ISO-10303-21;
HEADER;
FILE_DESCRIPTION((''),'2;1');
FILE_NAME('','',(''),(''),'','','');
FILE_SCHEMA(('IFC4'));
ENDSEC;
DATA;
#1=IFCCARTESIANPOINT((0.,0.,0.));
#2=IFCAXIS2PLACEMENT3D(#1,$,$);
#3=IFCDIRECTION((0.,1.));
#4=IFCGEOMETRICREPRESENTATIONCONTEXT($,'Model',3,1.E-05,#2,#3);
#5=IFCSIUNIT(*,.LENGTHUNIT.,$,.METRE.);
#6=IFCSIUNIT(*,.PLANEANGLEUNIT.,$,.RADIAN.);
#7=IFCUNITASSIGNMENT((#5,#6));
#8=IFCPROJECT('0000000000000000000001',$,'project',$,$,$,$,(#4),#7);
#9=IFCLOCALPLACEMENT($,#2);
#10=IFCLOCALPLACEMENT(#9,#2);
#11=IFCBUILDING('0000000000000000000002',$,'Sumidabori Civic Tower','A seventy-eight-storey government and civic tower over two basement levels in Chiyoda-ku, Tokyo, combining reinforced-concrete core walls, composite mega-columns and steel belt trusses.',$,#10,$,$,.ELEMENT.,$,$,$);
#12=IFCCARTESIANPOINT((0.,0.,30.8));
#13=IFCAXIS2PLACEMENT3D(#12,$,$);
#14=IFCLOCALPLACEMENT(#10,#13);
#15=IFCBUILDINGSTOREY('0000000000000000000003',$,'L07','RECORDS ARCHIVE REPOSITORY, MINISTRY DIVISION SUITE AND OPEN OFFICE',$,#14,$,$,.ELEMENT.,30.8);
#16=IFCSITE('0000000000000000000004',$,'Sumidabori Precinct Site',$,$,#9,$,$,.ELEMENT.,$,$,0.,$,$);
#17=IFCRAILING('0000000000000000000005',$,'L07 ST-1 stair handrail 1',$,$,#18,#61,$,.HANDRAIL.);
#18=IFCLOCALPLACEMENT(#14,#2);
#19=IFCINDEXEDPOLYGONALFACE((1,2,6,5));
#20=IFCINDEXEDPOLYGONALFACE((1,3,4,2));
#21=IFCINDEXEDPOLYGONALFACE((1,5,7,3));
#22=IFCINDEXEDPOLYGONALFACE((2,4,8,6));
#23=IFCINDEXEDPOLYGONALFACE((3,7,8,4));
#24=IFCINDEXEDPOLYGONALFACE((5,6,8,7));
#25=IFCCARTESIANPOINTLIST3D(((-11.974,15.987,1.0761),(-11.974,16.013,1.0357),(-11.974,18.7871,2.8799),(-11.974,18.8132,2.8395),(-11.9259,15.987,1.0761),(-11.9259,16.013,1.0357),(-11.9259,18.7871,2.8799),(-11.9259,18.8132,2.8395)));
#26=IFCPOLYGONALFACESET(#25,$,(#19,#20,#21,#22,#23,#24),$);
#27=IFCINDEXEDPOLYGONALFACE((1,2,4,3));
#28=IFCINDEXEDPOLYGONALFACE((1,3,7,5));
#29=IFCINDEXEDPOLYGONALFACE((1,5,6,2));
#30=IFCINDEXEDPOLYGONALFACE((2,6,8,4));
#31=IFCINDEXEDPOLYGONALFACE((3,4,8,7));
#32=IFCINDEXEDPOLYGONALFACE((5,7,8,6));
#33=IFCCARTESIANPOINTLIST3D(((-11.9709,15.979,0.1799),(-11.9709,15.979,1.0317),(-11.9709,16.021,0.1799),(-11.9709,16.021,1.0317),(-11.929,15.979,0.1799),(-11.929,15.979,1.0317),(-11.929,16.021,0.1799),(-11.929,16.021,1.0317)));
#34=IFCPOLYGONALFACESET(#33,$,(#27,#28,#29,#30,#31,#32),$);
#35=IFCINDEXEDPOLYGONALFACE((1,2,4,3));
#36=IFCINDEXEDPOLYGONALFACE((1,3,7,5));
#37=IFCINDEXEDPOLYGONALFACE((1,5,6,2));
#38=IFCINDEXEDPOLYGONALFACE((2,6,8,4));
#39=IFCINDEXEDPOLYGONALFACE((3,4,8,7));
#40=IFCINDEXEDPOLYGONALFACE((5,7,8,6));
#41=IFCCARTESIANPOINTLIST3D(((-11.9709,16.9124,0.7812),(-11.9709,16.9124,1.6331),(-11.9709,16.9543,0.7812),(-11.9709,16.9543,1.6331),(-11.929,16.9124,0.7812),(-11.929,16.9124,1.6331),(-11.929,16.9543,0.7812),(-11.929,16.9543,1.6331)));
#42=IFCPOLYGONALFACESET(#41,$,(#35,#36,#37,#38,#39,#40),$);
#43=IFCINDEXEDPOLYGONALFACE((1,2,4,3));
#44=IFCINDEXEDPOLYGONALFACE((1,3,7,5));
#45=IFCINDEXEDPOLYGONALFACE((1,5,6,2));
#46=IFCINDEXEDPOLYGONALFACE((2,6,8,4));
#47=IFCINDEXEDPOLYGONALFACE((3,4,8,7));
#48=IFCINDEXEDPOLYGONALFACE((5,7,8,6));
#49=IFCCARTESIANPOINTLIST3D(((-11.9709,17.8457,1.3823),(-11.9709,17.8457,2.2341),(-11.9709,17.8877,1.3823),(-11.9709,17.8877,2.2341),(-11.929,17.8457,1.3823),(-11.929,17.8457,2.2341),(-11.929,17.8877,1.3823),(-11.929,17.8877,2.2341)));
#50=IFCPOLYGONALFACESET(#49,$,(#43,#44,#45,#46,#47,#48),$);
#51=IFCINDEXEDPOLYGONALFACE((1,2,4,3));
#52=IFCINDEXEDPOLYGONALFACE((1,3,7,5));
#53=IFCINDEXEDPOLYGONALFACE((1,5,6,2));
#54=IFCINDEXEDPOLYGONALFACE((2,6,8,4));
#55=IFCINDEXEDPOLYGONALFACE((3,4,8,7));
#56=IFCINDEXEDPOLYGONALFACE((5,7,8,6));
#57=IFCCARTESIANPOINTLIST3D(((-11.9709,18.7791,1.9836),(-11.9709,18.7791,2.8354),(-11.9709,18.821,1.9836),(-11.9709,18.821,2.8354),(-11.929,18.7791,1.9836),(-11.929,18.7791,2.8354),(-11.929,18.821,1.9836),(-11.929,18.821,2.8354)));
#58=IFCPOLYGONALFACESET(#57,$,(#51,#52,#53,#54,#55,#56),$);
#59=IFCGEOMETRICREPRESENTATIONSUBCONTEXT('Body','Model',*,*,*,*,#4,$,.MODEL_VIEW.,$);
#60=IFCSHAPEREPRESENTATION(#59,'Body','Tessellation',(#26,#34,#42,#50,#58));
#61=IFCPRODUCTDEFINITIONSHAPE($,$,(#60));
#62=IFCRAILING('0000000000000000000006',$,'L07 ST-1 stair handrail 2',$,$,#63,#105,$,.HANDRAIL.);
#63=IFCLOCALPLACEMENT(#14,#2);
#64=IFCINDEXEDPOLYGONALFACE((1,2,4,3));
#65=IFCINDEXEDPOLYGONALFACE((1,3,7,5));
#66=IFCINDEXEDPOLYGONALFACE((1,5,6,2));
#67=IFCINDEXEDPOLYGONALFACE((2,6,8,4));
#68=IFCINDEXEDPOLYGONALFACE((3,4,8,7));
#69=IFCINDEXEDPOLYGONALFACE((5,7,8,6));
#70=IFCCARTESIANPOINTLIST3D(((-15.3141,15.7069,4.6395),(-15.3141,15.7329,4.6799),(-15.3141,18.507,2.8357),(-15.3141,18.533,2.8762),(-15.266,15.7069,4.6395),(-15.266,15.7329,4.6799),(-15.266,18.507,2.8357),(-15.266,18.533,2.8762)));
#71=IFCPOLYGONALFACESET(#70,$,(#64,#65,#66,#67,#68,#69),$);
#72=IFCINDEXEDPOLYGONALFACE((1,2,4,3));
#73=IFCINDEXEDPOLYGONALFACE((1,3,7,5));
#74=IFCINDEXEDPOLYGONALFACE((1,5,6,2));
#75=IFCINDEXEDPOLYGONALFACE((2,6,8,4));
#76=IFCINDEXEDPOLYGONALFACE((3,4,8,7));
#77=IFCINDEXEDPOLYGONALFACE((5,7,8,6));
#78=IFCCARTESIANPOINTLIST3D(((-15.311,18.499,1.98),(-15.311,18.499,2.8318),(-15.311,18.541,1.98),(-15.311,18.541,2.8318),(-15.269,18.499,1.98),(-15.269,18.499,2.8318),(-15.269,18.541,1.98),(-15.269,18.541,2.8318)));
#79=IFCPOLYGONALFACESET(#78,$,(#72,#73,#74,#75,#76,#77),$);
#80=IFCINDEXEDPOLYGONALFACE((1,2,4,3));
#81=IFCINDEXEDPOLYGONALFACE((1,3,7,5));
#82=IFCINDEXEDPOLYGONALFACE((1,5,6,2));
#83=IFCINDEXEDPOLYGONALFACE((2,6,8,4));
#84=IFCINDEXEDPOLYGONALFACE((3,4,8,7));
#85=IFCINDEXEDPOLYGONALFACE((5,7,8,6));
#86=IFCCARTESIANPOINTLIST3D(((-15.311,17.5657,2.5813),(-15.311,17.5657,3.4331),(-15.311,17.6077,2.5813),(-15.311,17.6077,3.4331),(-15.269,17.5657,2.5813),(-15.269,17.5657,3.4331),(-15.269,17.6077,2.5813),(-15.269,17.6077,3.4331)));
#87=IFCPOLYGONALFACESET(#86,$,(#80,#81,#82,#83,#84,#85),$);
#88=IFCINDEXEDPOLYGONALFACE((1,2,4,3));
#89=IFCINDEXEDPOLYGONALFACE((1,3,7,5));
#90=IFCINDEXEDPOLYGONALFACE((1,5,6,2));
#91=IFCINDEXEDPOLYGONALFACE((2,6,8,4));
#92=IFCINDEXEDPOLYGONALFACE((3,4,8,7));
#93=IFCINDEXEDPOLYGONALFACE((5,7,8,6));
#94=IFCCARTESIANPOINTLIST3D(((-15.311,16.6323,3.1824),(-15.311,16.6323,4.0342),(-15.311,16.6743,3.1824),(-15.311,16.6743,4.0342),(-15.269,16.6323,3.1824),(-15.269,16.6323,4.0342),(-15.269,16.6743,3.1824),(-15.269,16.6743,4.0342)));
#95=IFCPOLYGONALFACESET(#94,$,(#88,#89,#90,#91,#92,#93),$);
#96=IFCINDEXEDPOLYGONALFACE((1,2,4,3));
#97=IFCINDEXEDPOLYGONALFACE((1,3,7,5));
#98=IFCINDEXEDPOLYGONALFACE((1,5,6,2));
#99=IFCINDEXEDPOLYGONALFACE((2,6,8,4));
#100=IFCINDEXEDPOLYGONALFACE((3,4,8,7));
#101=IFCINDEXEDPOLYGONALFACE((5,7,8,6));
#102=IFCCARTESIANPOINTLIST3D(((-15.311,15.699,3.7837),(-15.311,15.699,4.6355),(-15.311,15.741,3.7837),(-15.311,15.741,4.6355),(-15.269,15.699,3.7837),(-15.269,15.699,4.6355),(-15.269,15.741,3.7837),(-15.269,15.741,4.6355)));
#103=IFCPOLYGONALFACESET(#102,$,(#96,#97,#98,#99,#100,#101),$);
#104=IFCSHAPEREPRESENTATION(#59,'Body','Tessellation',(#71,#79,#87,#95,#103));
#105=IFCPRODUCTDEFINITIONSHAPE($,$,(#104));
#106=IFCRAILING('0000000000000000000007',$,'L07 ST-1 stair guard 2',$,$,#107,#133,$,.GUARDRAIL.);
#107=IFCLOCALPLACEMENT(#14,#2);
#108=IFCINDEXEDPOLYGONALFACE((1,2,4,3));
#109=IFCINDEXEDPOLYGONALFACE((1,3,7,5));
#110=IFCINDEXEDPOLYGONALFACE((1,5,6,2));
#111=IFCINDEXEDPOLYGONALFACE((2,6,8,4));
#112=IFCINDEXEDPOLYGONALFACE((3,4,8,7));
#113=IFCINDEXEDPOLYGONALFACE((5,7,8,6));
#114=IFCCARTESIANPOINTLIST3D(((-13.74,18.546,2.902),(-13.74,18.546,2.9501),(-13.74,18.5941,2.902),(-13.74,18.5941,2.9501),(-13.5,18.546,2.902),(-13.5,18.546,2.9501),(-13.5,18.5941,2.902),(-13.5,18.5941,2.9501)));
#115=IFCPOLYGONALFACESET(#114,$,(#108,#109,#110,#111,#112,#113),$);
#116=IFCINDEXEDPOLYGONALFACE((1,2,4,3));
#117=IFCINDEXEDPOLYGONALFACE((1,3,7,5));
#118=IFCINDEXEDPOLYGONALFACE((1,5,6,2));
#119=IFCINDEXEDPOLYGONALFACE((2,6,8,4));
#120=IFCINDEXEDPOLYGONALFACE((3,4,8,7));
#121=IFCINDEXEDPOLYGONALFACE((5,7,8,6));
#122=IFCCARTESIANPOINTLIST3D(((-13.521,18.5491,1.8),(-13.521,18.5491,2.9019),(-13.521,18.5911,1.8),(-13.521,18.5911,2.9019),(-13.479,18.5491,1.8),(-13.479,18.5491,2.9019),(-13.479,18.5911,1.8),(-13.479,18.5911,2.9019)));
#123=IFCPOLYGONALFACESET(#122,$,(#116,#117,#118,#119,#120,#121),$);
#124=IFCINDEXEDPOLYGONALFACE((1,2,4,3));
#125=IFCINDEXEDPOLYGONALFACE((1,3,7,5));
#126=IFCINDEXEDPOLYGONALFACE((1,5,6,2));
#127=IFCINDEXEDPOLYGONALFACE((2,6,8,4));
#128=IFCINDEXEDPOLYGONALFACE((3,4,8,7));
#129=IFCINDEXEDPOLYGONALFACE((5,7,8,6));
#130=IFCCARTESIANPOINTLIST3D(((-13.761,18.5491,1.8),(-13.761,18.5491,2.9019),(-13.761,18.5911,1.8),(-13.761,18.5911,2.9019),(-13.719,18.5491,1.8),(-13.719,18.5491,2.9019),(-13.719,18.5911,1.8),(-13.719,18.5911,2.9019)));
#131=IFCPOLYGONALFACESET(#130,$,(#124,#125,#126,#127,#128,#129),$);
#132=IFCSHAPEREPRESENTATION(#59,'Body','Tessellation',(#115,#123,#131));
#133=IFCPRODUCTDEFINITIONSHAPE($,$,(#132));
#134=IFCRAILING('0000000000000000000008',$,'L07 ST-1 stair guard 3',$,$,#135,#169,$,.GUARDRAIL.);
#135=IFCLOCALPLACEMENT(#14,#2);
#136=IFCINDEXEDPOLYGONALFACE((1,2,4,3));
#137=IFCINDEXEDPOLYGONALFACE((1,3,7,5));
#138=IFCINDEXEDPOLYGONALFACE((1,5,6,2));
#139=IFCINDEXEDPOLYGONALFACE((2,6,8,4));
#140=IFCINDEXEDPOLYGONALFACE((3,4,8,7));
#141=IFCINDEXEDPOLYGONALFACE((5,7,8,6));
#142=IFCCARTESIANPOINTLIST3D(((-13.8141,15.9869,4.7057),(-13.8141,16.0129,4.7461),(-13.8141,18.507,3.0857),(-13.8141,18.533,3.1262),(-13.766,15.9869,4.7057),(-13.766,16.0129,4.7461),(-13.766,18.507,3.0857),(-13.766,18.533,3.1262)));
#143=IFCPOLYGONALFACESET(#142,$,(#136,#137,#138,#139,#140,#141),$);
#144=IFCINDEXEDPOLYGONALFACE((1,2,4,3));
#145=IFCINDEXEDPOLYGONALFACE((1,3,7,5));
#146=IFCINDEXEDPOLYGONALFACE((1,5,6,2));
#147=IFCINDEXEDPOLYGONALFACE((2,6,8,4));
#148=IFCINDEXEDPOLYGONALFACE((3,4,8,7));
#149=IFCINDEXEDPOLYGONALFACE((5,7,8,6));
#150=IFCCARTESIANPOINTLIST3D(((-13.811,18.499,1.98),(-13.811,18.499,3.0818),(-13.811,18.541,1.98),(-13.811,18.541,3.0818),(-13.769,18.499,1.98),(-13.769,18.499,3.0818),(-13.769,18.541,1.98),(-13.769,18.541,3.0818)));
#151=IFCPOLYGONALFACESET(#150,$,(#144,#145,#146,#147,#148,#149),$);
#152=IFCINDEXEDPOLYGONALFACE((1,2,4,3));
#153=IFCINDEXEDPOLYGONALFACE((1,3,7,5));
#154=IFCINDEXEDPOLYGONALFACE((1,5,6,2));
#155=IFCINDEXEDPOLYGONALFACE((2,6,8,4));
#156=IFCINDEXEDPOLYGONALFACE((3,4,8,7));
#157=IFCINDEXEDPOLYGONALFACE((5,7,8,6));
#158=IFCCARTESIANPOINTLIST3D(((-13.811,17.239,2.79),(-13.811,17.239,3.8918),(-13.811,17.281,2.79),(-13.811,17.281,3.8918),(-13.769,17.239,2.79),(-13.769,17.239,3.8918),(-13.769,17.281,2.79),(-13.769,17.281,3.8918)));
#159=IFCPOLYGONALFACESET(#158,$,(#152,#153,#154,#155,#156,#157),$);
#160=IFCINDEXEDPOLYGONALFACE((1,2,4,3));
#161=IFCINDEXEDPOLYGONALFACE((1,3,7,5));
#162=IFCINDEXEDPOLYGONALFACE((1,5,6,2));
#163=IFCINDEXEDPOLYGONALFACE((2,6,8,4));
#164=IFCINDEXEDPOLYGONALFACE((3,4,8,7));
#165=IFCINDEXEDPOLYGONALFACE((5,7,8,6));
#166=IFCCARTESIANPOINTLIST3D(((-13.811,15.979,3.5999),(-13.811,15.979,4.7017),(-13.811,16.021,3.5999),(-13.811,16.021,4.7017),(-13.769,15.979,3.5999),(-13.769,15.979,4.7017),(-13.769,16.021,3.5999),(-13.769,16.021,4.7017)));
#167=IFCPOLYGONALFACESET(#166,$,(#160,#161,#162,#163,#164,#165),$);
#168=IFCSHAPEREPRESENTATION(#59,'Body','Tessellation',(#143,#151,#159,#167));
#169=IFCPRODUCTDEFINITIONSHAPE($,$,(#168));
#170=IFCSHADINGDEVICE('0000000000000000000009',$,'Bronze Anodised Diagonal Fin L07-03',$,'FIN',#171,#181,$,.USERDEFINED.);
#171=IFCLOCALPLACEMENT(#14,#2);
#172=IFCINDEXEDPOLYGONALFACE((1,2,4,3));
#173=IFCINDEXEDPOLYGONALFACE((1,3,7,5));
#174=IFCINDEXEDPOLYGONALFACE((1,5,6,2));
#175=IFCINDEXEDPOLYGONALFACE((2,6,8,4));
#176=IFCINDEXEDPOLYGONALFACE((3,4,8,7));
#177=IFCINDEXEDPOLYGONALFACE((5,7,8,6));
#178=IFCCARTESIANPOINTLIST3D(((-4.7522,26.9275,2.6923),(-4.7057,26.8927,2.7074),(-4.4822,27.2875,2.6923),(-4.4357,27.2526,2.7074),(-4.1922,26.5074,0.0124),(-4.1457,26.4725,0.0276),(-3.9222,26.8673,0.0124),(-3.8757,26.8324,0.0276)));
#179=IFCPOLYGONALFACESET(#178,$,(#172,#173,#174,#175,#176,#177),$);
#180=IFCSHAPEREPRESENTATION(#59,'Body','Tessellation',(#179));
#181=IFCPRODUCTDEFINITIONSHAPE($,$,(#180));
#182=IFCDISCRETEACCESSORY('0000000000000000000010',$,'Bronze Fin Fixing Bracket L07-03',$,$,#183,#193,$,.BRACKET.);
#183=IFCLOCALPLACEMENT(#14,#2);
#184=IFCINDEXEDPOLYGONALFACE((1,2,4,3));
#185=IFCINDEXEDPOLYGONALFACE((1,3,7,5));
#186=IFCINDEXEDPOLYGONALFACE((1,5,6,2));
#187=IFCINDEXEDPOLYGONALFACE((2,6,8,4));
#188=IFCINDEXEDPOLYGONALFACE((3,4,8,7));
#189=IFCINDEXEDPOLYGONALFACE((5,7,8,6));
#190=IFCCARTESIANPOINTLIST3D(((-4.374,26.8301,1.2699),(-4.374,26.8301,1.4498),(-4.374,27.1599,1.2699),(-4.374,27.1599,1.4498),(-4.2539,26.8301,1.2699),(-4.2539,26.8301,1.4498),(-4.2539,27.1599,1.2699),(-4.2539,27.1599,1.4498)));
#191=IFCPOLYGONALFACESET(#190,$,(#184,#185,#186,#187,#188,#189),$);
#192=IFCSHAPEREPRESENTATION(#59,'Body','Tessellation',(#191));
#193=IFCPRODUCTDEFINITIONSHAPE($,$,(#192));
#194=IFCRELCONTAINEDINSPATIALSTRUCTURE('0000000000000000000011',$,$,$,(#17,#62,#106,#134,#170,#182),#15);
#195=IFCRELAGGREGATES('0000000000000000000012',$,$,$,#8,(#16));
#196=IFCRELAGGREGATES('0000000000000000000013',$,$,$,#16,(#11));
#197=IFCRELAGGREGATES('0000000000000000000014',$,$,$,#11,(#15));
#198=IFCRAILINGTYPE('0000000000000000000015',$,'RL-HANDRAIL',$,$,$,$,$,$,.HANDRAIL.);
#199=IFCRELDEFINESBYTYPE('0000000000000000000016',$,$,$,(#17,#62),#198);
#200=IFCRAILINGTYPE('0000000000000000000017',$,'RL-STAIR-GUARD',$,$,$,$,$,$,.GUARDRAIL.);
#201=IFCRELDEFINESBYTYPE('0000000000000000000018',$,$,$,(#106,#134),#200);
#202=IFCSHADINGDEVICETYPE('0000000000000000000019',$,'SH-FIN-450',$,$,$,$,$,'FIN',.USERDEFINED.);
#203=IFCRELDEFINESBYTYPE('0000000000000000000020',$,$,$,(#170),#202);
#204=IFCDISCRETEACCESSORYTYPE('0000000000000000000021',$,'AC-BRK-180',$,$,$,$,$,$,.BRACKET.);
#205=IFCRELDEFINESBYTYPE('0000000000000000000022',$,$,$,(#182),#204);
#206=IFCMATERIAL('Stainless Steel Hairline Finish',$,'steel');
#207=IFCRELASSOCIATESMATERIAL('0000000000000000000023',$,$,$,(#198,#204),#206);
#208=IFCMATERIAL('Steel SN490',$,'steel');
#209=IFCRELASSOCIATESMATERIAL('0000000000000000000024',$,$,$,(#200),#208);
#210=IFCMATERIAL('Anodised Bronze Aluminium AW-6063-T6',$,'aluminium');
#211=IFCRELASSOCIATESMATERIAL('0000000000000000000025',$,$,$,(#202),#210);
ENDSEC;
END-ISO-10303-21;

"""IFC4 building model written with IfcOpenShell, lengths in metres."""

from ifc_helpers import new_model, si_unit, direction, frame, origin, origin_2d, place, context, subcontext, project, spatial, rectangle, extrude, source, transform, mapped, material, material_profile, profile_set, type_object, element, save


model = new_model("IFC4")

# Units and contexts
model_context = context("Model", 3, precision=1e-05, world=origin(), true_north=direction((0.0, 1.0)))
body_context = subcontext(model_context, "Body", "Model", "MODEL_VIEW")
ifc_project = project(units=[si_unit("LENGTHUNIT", "METRE"), si_unit("PLANEANGLEUNIT", "RADIAN")], contexts=[model_context])

# Site, building, storey
site_placement = place(None, origin())
site = spatial("IfcSite", under=ifc_project, at=site_placement, Name="Sumidabori Precinct Site", CompositionType="ELEMENT", RefElevation=0.0)
building_placement = place(site_placement, origin())
building = spatial("IfcBuilding", under=site, at=building_placement, Name="Sumidabori Civic Tower", Description="A seventy-eight-storey government and civic tower over two basement levels in Chiyoda-ku, Tokyo, combining reinforced-concrete core walls, composite mega-columns and steel belt trusses.", CompositionType="ELEMENT")
storey_placement = place(building_placement, frame((0.0, 0.0, 30.8)))
storey = spatial("IfcBuildingStorey", under=building, at=storey_placement, Name="L07", Description="RECORDS ARCHIVE REPOSITORY, MINISTRY DIVISION SUITE AND OPEN OFFICE", CompositionType="ELEMENT", Elevation=30.8)

# Shared definitions
ifc_material_1 = material(Name="Anodised Bronze Aluminium AW-6063-T6", Category="aluminium")

# Railings
ifc_material_2 = material(Name="Stainless Steel Hairline Finish", Category="steel")
railing_type_1 = type_object("IfcRailingType", Name="RL-HANDRAIL", PredefinedType="HANDRAIL", material=ifc_material_2)
railing_1_placement = place(storey_placement, frame((-11.95, 16.0, 0.1799)))
element("IfcRailing", 1, at=railing_1_placement, inside=storey, type_object=railing_type_1, Name="L07 ST-1 stair handrail 1", PredefinedType="HANDRAIL", context=body_context, shape_type="SweptSolid", body=[
    extrude(rectangle(XDim=0.0481, YDim=0.0481, at=origin_2d()), frame((0.0, 0.0, 0.876), z_axis=(0.0, 0.840676, 0.541539), x_axis=(-1.0, 0.0, 0.0)), (0.0, 0.0, 1.0), 3.3308),
    extrude(rectangle(XDim=0.042, YDim=0.042, at=origin_2d()), origin(), (0.0, 0.0, 1.0), 0.8518),
    extrude(rectangle(XDim=0.042, YDim=0.042, at=origin_2d()), frame((0.0, 0.9333, 0.6013)), (0.0, 0.0, 1.0), 0.8518),
    extrude(rectangle(XDim=0.042, YDim=0.042, at=origin_2d()), frame((0.0, 1.8667, 1.2024)), (0.0, 0.0, 1.0), 0.8518),
    extrude(rectangle(XDim=0.042, YDim=0.042, at=origin_2d()), frame((0.0, 2.8, 1.8037)), (0.0, 0.0, 1.0), 0.8518),
])
railing_2_placement = place(storey_placement, frame((-15.29, 18.52, 1.98)))
element("IfcRailing", 2, at=railing_2_placement, inside=storey, type_object=railing_type_1, Name="L07 ST-1 stair handrail 2", PredefinedType="HANDRAIL", context=body_context, shape_type="SweptSolid", body=[
    extrude(rectangle(XDim=0.0481, YDim=0.0481, at=origin_2d()), frame((0.0, 0.0, 0.876), z_axis=(0.0, -0.840676, 0.541539), x_axis=(1.0, 0.0, 0.0)), (0.0, 0.0, 1.0), 3.3308),
    extrude(rectangle(XDim=0.042, YDim=0.042, at=origin_2d()), origin(), (0.0, 0.0, 1.0), 0.8518),
    extrude(rectangle(XDim=0.042, YDim=0.042, at=origin_2d()), frame((0.0, -0.9333, 0.6013)), (0.0, 0.0, 1.0), 0.8518),
    extrude(rectangle(XDim=0.042, YDim=0.042, at=origin_2d()), frame((0.0, -1.8667, 1.2024)), (0.0, 0.0, 1.0), 0.8518),
    extrude(rectangle(XDim=0.042, YDim=0.042, at=origin_2d()), frame((0.0, -2.8, 1.8037)), (0.0, 0.0, 1.0), 0.8518),
])
ifc_material_3 = material(Name="Steel SN490", Category="steel")
railing_type_2 = type_object("IfcRailingType", Name="RL-STAIR-GUARD", PredefinedType="GUARDRAIL", material=ifc_material_3)
railing_3_placement = place(storey_placement, frame((-13.5, 18.5701, 1.8)))
element("IfcRailing", 3, at=railing_3_placement, inside=storey, type_object=railing_type_2, Name="L07 ST-1 stair guard 2", PredefinedType="GUARDRAIL", context=body_context, shape_type="SweptSolid", body=[
    extrude(rectangle(XDim=0.0481, YDim=0.0481, at=origin_2d()), frame((0.0, 0.0, 1.126), z_axis=(-1.0, 0.0, 0.0), x_axis=(0.0, -1.0, 0.0)), (0.0, 0.0, 1.0), 0.24),
    extrude(rectangle(XDim=0.042, YDim=0.042, at=origin_2d()), origin(), (0.0, 0.0, 1.0), 1.1018),
    extrude(rectangle(XDim=0.042, YDim=0.042, at=origin_2d()), frame((-0.24, 0.0, 0.0)), (0.0, 0.0, 1.0), 1.1018),
])
railing_4_placement = place(storey_placement, frame((-13.79, 18.52, 1.98)))
element("IfcRailing", 4, at=railing_4_placement, inside=storey, type_object=railing_type_2, Name="L07 ST-1 stair guard 3", PredefinedType="GUARDRAIL", context=body_context, shape_type="SweptSolid", body=[
    extrude(rectangle(XDim=0.0481, YDim=0.0481, at=origin_2d()), frame((0.0, 0.0, 1.126), z_axis=(0.0, -0.8412, 0.540725), x_axis=(1.0, 0.0, 0.0)), (0.0, 0.0, 1.0), 2.9958),
    extrude(rectangle(XDim=0.042, YDim=0.042, at=origin_2d()), origin(), (0.0, 0.0, 1.0), 1.1018),
    extrude(rectangle(XDim=0.042, YDim=0.042, at=origin_2d()), frame((0.0, -1.26, 0.8101)), (0.0, 0.0, 1.0), 1.1018),
    extrude(rectangle(XDim=0.042, YDim=0.042, at=origin_2d()), frame((0.0, -2.52, 1.6199)), (0.0, 0.0, 1.0), 1.1018),
])

# Shading device
ifc_material_profile_1 = material_profile(ifc_material_1, rectangle(XDim=0.0601, YDim=0.45, at=origin_2d()), Name="BRONZE FIN 450x60")
ifc_profile_set_1 = profile_set([ifc_material_profile_1], Name="Anodised Bronze Aluminium AW-6063-T6")
shading_device_type = type_object("IfcShadingDeviceType", Name="SH-FIN-450", ElementType="FIN", PredefinedType="USERDEFINED", material=ifc_profile_set_1)
shared_shape_1 = source(origin(), body_context, "Body", "SweptSolid", [
    extrude(rectangle(XDim=0.0601, YDim=0.45, at=origin_2d()), origin(), (0.0, 0.0, 1.0), 2.7698),
])
shading_device_placement = place(storey_placement, frame((-4.0339, 26.6699, 0.02), z_axis=(-0.202196, 0.151691, 0.967526), x_axis=(0.77394, -0.580624, 0.252771)))
element("IfcShadingDevice", 5, at=shading_device_placement, inside=storey, type_object=shading_device_type, Name="Bronze Anodised Diagonal Fin L07-03", ObjectType="FIN", PredefinedType="USERDEFINED", context=body_context, shape_type="MappedRepresentation", body=[
    mapped(shared_shape_1, transform((0.0, 0.0, 0.0), x_axis=(1.0, 0.0, 0.0), y_axis=(0.0, 1.0, 0.0), z_axis=(0.0, 0.0, 1.0), scale=1.0)),
])

# Discrete accessory
ifc_material_profile_2 = material_profile(ifc_material_2, rectangle(XDim=0.1201, YDim=0.1799, at=origin_2d()), Name="STEEL BRACKET 180x120")
ifc_profile_set_2 = profile_set([ifc_material_profile_2], Name="Stainless Steel Hairline Finish")
discrete_accessory_type = type_object("IfcDiscreteAccessoryType", Name="AC-BRK-180", PredefinedType="BRACKET", material=ifc_profile_set_2)
shared_shape_2 = source(origin(), body_context, "Body", "SweptSolid", [
    extrude(rectangle(XDim=0.1201, YDim=0.1799, at=origin_2d()), origin(), (0.0, 0.0, 1.0), 0.3298),
])
discrete_accessory_placement = place(storey_placement, frame((-4.314, 26.8301, 1.3599), z_axis=(0.0, 1.0, 0.0), x_axis=(-1.0, 0.0, 0.0)))
element("IfcDiscreteAccessory", 6, at=discrete_accessory_placement, inside=storey, type_object=discrete_accessory_type, Name="Bronze Fin Fixing Bracket L07-03", PredefinedType="BRACKET", context=body_context, shape_type="MappedRepresentation", body=[
    mapped(shared_shape_2, transform((0.0, 0.0, 0.0), x_axis=(1.0, 0.0, 0.0), y_axis=(0.0, 1.0, 0.0), z_axis=(0.0, 0.0, 1.0), scale=1.0)),
])

save(model, "model.ifc")
